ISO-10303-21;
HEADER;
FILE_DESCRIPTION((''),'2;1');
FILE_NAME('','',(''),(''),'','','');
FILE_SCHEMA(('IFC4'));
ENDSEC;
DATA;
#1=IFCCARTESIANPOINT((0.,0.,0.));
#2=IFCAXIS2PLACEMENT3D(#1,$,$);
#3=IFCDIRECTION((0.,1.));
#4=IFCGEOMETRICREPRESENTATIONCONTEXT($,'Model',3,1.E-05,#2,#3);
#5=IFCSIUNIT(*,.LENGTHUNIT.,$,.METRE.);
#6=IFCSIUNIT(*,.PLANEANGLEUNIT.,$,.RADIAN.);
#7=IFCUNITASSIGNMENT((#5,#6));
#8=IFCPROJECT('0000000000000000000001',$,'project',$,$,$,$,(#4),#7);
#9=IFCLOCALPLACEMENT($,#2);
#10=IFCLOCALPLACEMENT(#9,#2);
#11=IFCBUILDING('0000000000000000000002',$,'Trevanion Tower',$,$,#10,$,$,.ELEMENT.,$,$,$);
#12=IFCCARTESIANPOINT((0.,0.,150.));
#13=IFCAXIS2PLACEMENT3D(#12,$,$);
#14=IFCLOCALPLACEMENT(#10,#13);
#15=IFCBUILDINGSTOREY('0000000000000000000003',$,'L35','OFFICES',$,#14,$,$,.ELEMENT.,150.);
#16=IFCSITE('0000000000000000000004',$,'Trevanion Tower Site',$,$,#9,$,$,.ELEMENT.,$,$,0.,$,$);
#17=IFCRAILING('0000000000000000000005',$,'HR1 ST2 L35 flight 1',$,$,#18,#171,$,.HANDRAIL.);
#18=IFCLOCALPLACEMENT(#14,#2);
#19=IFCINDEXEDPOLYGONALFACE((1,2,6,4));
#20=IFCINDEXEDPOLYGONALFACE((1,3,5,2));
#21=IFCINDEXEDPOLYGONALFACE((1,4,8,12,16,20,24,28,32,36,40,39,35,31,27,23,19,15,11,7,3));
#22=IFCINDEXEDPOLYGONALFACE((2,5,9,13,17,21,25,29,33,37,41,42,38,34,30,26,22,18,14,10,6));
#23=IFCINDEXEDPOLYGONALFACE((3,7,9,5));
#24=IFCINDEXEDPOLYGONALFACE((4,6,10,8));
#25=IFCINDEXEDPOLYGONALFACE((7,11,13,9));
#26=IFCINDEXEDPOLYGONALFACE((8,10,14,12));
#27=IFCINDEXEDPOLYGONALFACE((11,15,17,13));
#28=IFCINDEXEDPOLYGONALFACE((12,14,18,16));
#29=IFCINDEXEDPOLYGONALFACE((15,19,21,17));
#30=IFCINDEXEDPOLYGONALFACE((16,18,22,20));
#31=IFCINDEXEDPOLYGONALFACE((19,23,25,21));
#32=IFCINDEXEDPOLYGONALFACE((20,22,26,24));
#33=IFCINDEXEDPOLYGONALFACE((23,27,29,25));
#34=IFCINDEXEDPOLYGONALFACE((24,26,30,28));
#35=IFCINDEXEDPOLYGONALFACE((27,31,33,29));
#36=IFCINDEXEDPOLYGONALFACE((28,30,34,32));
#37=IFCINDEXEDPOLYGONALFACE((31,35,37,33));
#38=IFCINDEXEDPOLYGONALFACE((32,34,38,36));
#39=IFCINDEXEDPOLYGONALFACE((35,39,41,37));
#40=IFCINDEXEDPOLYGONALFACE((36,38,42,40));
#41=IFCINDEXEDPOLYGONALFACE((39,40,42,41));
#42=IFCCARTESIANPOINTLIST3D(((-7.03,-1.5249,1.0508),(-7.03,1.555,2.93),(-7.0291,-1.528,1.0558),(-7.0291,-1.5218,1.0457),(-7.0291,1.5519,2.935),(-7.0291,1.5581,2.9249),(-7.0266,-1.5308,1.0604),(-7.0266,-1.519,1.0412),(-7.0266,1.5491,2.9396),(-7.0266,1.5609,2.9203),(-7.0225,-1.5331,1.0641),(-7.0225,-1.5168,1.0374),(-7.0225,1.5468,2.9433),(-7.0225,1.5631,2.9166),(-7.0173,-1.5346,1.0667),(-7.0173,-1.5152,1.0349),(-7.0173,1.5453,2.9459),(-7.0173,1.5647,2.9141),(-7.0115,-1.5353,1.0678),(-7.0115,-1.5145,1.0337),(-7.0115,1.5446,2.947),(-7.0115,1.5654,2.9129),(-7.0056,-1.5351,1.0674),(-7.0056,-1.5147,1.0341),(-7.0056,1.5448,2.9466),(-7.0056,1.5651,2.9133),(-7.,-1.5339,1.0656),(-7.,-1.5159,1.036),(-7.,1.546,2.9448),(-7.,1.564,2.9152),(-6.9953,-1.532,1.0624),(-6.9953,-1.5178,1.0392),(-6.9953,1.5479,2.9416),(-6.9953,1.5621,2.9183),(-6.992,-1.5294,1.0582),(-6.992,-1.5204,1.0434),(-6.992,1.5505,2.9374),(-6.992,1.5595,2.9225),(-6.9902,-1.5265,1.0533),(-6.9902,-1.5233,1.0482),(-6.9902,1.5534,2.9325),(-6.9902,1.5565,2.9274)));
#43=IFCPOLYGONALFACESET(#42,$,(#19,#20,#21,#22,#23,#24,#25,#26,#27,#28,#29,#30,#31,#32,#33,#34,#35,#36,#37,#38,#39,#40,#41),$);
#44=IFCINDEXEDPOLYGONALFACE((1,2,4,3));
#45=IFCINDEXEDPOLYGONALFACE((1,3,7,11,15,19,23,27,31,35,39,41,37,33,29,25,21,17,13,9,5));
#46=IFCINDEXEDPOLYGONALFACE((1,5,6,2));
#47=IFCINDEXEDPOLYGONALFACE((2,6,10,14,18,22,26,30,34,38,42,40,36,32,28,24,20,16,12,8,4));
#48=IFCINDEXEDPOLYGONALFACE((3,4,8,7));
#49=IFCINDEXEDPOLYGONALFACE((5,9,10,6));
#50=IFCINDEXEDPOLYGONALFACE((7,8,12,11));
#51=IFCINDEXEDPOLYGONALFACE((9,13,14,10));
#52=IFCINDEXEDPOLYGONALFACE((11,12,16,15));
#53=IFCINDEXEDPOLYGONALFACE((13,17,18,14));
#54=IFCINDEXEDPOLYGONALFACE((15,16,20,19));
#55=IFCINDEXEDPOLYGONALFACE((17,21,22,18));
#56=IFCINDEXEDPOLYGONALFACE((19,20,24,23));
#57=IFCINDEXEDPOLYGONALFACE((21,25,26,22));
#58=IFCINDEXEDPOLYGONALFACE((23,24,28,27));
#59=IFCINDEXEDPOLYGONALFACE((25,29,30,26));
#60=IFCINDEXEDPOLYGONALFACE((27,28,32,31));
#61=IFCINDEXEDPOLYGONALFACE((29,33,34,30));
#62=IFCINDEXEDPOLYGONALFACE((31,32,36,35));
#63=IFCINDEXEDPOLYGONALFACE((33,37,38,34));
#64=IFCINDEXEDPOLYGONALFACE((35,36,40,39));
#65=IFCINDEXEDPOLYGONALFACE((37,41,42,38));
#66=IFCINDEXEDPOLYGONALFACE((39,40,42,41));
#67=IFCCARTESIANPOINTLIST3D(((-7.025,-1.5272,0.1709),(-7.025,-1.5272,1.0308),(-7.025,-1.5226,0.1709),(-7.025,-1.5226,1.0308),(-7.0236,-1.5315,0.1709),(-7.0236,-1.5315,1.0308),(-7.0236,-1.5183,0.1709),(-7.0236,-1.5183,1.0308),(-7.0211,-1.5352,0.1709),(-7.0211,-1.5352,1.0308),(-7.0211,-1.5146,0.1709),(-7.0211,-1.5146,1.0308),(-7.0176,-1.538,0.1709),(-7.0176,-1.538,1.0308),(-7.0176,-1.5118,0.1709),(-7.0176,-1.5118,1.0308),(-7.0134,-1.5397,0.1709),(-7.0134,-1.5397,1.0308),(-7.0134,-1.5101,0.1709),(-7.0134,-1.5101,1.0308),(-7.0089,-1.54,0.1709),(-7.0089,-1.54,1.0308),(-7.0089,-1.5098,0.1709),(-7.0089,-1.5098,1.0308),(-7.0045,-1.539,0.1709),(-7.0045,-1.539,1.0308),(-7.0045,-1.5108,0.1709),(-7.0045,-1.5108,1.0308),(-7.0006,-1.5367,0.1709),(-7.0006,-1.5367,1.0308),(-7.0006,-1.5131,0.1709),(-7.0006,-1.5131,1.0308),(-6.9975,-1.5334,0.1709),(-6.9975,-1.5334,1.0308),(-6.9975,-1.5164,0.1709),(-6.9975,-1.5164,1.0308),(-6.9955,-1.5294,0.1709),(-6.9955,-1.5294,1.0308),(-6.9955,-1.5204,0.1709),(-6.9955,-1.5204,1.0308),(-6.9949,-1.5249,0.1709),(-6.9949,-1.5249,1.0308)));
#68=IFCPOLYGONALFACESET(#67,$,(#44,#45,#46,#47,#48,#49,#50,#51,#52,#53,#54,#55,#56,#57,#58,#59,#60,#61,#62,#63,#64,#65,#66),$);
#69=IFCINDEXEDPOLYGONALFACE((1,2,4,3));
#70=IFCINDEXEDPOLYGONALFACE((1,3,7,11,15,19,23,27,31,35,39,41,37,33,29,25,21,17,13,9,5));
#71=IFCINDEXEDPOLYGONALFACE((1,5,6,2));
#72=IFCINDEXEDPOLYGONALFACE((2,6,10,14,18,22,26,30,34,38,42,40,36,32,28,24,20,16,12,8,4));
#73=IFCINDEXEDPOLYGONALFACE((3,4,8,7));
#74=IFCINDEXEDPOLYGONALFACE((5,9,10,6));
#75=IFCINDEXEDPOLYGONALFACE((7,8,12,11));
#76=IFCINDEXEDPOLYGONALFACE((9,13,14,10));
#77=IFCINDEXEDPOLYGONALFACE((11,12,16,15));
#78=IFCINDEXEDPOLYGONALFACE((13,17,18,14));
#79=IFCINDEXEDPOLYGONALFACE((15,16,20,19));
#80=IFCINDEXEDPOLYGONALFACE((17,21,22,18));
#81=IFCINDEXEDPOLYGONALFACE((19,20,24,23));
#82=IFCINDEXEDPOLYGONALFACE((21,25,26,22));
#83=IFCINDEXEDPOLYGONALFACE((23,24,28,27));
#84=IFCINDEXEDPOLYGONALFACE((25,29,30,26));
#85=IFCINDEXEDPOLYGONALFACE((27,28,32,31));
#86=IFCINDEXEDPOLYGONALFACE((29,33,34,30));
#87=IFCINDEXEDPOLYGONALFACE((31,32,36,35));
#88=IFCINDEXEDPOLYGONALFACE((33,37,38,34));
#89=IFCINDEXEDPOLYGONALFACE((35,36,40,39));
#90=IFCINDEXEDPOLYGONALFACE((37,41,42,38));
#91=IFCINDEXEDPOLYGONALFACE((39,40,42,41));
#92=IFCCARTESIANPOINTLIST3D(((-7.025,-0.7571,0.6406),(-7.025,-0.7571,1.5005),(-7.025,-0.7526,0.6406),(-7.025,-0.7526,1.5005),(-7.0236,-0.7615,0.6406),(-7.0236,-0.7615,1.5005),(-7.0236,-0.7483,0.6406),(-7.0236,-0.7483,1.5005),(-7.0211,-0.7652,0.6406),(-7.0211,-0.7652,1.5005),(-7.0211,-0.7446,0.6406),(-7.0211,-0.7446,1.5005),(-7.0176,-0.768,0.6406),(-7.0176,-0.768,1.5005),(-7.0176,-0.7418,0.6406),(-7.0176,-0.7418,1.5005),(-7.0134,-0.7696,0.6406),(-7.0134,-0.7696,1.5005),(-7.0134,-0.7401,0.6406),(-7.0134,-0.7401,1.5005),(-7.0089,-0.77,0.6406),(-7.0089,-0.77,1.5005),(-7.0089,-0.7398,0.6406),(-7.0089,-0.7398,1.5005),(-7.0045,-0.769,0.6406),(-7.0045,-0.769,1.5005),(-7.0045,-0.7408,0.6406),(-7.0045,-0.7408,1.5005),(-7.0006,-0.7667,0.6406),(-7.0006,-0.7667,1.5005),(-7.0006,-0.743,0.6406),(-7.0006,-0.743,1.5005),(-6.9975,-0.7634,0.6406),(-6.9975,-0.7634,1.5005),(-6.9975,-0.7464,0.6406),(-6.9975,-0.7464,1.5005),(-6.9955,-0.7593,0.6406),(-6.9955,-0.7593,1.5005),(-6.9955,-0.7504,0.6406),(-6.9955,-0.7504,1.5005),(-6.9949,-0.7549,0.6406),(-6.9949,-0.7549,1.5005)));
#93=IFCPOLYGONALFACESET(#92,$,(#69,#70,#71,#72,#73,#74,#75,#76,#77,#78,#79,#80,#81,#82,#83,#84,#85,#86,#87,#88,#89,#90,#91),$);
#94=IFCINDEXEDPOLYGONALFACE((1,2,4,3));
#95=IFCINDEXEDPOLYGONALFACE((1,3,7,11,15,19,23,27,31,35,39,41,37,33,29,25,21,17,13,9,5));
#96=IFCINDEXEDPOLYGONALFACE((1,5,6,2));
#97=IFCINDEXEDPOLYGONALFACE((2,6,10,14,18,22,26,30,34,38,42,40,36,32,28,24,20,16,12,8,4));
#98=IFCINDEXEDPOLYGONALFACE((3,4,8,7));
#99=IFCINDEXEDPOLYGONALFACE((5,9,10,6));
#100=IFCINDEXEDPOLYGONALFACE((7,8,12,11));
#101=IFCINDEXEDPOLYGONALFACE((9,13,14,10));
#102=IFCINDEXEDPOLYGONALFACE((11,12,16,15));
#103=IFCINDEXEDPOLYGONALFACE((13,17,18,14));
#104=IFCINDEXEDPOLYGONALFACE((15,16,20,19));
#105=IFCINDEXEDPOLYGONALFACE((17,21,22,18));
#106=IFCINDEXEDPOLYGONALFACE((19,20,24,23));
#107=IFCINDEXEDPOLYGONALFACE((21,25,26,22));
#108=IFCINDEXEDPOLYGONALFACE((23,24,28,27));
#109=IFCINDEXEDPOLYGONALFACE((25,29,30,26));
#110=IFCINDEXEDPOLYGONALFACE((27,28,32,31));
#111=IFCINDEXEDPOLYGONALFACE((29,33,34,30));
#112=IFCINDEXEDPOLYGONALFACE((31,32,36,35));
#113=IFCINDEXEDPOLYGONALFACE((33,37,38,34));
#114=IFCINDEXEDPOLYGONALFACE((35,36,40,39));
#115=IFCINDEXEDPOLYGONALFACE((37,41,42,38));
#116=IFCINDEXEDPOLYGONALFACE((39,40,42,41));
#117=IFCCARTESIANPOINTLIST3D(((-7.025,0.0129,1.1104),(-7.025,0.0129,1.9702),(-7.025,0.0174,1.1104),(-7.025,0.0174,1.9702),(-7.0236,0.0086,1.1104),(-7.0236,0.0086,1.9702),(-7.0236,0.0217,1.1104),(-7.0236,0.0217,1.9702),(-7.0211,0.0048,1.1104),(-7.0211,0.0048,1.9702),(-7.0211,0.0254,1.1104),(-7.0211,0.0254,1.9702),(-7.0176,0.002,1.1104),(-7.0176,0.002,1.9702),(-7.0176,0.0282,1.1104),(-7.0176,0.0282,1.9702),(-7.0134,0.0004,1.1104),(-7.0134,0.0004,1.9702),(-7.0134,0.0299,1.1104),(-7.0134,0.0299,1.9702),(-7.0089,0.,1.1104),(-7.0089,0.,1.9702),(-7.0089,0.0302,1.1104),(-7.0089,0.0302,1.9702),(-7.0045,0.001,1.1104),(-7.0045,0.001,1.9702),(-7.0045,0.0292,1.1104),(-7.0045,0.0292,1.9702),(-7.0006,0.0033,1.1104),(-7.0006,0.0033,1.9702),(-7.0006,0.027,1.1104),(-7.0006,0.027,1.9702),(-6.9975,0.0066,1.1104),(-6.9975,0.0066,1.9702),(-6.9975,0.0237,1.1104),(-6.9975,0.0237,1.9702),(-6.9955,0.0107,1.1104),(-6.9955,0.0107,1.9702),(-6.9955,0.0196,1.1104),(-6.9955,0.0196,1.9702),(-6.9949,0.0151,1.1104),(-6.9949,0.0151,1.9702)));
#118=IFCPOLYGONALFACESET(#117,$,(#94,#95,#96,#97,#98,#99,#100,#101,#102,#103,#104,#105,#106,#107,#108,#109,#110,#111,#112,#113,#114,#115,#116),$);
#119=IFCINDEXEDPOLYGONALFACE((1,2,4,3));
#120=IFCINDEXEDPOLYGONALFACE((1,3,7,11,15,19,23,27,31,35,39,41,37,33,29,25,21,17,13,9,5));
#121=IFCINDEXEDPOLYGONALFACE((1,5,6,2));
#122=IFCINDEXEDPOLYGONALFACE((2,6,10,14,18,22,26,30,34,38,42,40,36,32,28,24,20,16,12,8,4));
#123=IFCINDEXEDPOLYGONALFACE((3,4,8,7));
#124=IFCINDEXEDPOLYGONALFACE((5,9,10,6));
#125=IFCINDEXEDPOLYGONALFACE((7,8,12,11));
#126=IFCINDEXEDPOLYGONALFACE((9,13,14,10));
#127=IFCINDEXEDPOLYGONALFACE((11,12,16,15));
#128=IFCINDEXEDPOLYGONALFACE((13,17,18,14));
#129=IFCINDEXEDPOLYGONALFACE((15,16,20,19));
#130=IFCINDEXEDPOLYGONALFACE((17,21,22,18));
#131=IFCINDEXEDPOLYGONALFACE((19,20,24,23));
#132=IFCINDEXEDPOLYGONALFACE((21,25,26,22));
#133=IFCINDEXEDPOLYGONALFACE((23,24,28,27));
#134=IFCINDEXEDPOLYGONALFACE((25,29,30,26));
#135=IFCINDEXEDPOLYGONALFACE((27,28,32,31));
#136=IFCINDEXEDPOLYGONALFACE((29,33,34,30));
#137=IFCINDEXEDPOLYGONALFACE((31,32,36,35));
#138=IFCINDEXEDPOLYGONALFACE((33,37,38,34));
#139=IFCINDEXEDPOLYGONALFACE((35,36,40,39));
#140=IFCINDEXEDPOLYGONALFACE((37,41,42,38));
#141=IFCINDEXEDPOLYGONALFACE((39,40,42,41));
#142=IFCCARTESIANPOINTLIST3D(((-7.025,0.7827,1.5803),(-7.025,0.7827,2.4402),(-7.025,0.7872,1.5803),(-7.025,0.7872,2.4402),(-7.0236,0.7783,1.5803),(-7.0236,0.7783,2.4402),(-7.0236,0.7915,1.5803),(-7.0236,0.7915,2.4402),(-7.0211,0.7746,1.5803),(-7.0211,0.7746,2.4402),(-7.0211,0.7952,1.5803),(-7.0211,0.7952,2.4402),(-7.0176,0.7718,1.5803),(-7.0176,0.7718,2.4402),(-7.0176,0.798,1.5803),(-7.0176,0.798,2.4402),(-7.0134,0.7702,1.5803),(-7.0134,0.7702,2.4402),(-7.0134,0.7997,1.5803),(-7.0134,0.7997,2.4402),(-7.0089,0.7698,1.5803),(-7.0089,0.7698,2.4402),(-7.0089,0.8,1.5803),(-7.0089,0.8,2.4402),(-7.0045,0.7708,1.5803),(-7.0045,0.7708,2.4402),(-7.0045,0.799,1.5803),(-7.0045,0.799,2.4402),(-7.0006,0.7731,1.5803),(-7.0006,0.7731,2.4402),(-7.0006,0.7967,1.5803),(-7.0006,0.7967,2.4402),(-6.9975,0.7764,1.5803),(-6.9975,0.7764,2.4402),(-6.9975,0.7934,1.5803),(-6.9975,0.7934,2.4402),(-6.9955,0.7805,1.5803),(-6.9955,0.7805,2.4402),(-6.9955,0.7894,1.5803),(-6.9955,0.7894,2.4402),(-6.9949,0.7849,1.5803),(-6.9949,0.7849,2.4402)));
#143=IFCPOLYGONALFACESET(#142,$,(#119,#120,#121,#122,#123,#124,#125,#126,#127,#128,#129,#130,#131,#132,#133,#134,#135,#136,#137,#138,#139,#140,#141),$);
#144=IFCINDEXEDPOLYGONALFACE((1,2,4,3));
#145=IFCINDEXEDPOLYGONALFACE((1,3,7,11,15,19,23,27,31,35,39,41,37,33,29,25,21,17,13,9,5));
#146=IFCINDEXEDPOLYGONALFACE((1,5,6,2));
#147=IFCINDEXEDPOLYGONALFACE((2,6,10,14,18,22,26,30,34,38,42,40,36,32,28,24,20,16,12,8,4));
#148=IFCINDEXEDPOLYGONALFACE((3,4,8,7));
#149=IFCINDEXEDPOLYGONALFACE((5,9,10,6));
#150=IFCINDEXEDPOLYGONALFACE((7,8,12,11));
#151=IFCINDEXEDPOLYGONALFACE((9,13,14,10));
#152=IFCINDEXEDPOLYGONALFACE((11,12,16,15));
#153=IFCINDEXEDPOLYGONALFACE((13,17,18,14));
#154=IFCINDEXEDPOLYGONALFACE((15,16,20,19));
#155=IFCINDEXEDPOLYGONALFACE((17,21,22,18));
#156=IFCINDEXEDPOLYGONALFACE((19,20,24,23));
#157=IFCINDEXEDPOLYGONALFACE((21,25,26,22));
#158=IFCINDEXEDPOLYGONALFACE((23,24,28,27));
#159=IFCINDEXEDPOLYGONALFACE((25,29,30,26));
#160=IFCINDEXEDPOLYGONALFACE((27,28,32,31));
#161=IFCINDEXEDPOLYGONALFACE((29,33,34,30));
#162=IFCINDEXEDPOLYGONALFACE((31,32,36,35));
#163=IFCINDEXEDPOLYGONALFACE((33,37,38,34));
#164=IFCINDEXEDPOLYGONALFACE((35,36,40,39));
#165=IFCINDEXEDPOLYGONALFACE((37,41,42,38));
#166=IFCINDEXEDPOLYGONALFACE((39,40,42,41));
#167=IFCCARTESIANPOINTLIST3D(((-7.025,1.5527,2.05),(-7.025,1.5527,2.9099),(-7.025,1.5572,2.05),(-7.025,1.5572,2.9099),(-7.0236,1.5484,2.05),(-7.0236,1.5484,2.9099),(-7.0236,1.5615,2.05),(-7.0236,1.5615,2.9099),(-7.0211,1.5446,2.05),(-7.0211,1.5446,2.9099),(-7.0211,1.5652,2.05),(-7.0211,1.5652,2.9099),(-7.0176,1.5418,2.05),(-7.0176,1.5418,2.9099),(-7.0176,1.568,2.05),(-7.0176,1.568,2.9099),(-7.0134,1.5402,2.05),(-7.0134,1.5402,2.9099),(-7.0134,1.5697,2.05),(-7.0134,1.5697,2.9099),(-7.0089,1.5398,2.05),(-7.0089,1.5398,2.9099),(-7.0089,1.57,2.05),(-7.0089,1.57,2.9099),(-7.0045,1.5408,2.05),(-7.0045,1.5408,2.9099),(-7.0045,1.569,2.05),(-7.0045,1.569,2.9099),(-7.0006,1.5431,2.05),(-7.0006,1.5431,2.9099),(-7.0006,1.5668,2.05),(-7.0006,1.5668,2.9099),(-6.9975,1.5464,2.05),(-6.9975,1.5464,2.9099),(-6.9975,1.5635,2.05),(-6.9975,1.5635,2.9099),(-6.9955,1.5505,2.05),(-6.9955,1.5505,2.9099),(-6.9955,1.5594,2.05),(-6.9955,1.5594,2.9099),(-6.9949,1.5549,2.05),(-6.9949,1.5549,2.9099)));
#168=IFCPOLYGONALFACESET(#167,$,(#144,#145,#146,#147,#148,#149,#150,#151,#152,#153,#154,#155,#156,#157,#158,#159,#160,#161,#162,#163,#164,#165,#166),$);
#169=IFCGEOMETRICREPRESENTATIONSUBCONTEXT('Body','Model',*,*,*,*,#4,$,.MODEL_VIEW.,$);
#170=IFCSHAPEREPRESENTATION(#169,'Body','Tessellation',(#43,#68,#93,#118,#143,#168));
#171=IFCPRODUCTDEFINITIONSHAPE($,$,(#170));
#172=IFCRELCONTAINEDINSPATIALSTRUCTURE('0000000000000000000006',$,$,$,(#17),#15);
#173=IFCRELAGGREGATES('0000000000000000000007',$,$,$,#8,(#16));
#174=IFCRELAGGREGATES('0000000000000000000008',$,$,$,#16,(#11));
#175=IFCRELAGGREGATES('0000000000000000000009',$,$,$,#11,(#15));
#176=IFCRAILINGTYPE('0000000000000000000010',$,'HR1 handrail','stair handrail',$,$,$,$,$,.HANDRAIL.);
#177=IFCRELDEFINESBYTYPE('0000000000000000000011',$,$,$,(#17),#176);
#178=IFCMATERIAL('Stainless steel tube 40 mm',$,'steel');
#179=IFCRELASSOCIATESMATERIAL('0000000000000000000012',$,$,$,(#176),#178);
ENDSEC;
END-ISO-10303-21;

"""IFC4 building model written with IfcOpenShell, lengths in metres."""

from ifc_helpers import new_model, si_unit, direction, frame, origin, origin_2d, place, context, subcontext, project, spatial, circle, extrude, material, type_object, element, save


model = new_model("IFC4")

# Units and contexts
model_context = context("Model", 3, precision=1e-05, world=origin(), true_north=direction((0.0, 1.0)))
body_context = subcontext(model_context, "Body", "Model", "MODEL_VIEW")
ifc_project = project(units=[si_unit("LENGTHUNIT", "METRE"), si_unit("PLANEANGLEUNIT", "RADIAN")], contexts=[model_context])

# Site, building, storey
site_placement = place(None, origin())
site = spatial("IfcSite", under=ifc_project, at=site_placement, Name="Trevanion Tower Site", CompositionType="ELEMENT", RefElevation=0.0)
building_placement = place(site_placement, origin())
building = spatial("IfcBuilding", under=site, at=building_placement, Name="Trevanion Tower", CompositionType="ELEMENT")
storey_placement = place(building_placement, frame((0.0, 0.0, 150.0)))
storey = spatial("IfcBuildingStorey", under=building, at=storey_placement, Name="L35", Description="OFFICES", CompositionType="ELEMENT", Elevation=150.0)

# Railing
ifc_material_1 = material(Name="Stainless steel tube 40 mm", Category="steel")
railing_type = type_object("IfcRailingType", Name="HR1 handrail", Description="stair handrail", PredefinedType="HANDRAIL", material=ifc_material_1)
for number, where, name in (
    (1, (-7.01, -1.5249, 0.1709), "HR1 ST2 L35 flight 1"),
):
    element("IfcRailing", number, at=place(storey_placement, frame(where)), inside=storey, type_object=railing_type, Name=name, PredefinedType="HANDRAIL", context=body_context, shape_type="SweptSolid", body=[
        extrude(circle(Radius=0.02, at=origin_2d()), frame((0.0, 0.0, 0.8799), z_axis=(0.0, 0.853648, 0.52085), x_axis=(-1.0, 0.0, 0.0)), (0.0, 0.0, 1.0), 3.6079),
        extrude(circle(Radius=0.0151, at=origin_2d()), origin(), (0.0, 0.0, 1.0), 0.8599),
        extrude(circle(Radius=0.0151, at=origin_2d()), frame((0.0, 0.77, 0.4697)), (0.0, 0.0, 1.0), 0.8599),
        extrude(circle(Radius=0.0151, at=origin_2d()), frame((0.0, 1.54, 0.9395)), (0.0, 0.0, 1.0), 0.8599),
        extrude(circle(Radius=0.0151, at=origin_2d()), frame((0.0, 2.3098, 1.4094)), (0.0, 0.0, 1.0), 0.8599),
        extrude(circle(Radius=0.0151, at=origin_2d()), frame((0.0, 3.0798, 1.8792)), (0.0, 0.0, 1.0), 0.8599),
    ])

save(model, "model.ifc")
